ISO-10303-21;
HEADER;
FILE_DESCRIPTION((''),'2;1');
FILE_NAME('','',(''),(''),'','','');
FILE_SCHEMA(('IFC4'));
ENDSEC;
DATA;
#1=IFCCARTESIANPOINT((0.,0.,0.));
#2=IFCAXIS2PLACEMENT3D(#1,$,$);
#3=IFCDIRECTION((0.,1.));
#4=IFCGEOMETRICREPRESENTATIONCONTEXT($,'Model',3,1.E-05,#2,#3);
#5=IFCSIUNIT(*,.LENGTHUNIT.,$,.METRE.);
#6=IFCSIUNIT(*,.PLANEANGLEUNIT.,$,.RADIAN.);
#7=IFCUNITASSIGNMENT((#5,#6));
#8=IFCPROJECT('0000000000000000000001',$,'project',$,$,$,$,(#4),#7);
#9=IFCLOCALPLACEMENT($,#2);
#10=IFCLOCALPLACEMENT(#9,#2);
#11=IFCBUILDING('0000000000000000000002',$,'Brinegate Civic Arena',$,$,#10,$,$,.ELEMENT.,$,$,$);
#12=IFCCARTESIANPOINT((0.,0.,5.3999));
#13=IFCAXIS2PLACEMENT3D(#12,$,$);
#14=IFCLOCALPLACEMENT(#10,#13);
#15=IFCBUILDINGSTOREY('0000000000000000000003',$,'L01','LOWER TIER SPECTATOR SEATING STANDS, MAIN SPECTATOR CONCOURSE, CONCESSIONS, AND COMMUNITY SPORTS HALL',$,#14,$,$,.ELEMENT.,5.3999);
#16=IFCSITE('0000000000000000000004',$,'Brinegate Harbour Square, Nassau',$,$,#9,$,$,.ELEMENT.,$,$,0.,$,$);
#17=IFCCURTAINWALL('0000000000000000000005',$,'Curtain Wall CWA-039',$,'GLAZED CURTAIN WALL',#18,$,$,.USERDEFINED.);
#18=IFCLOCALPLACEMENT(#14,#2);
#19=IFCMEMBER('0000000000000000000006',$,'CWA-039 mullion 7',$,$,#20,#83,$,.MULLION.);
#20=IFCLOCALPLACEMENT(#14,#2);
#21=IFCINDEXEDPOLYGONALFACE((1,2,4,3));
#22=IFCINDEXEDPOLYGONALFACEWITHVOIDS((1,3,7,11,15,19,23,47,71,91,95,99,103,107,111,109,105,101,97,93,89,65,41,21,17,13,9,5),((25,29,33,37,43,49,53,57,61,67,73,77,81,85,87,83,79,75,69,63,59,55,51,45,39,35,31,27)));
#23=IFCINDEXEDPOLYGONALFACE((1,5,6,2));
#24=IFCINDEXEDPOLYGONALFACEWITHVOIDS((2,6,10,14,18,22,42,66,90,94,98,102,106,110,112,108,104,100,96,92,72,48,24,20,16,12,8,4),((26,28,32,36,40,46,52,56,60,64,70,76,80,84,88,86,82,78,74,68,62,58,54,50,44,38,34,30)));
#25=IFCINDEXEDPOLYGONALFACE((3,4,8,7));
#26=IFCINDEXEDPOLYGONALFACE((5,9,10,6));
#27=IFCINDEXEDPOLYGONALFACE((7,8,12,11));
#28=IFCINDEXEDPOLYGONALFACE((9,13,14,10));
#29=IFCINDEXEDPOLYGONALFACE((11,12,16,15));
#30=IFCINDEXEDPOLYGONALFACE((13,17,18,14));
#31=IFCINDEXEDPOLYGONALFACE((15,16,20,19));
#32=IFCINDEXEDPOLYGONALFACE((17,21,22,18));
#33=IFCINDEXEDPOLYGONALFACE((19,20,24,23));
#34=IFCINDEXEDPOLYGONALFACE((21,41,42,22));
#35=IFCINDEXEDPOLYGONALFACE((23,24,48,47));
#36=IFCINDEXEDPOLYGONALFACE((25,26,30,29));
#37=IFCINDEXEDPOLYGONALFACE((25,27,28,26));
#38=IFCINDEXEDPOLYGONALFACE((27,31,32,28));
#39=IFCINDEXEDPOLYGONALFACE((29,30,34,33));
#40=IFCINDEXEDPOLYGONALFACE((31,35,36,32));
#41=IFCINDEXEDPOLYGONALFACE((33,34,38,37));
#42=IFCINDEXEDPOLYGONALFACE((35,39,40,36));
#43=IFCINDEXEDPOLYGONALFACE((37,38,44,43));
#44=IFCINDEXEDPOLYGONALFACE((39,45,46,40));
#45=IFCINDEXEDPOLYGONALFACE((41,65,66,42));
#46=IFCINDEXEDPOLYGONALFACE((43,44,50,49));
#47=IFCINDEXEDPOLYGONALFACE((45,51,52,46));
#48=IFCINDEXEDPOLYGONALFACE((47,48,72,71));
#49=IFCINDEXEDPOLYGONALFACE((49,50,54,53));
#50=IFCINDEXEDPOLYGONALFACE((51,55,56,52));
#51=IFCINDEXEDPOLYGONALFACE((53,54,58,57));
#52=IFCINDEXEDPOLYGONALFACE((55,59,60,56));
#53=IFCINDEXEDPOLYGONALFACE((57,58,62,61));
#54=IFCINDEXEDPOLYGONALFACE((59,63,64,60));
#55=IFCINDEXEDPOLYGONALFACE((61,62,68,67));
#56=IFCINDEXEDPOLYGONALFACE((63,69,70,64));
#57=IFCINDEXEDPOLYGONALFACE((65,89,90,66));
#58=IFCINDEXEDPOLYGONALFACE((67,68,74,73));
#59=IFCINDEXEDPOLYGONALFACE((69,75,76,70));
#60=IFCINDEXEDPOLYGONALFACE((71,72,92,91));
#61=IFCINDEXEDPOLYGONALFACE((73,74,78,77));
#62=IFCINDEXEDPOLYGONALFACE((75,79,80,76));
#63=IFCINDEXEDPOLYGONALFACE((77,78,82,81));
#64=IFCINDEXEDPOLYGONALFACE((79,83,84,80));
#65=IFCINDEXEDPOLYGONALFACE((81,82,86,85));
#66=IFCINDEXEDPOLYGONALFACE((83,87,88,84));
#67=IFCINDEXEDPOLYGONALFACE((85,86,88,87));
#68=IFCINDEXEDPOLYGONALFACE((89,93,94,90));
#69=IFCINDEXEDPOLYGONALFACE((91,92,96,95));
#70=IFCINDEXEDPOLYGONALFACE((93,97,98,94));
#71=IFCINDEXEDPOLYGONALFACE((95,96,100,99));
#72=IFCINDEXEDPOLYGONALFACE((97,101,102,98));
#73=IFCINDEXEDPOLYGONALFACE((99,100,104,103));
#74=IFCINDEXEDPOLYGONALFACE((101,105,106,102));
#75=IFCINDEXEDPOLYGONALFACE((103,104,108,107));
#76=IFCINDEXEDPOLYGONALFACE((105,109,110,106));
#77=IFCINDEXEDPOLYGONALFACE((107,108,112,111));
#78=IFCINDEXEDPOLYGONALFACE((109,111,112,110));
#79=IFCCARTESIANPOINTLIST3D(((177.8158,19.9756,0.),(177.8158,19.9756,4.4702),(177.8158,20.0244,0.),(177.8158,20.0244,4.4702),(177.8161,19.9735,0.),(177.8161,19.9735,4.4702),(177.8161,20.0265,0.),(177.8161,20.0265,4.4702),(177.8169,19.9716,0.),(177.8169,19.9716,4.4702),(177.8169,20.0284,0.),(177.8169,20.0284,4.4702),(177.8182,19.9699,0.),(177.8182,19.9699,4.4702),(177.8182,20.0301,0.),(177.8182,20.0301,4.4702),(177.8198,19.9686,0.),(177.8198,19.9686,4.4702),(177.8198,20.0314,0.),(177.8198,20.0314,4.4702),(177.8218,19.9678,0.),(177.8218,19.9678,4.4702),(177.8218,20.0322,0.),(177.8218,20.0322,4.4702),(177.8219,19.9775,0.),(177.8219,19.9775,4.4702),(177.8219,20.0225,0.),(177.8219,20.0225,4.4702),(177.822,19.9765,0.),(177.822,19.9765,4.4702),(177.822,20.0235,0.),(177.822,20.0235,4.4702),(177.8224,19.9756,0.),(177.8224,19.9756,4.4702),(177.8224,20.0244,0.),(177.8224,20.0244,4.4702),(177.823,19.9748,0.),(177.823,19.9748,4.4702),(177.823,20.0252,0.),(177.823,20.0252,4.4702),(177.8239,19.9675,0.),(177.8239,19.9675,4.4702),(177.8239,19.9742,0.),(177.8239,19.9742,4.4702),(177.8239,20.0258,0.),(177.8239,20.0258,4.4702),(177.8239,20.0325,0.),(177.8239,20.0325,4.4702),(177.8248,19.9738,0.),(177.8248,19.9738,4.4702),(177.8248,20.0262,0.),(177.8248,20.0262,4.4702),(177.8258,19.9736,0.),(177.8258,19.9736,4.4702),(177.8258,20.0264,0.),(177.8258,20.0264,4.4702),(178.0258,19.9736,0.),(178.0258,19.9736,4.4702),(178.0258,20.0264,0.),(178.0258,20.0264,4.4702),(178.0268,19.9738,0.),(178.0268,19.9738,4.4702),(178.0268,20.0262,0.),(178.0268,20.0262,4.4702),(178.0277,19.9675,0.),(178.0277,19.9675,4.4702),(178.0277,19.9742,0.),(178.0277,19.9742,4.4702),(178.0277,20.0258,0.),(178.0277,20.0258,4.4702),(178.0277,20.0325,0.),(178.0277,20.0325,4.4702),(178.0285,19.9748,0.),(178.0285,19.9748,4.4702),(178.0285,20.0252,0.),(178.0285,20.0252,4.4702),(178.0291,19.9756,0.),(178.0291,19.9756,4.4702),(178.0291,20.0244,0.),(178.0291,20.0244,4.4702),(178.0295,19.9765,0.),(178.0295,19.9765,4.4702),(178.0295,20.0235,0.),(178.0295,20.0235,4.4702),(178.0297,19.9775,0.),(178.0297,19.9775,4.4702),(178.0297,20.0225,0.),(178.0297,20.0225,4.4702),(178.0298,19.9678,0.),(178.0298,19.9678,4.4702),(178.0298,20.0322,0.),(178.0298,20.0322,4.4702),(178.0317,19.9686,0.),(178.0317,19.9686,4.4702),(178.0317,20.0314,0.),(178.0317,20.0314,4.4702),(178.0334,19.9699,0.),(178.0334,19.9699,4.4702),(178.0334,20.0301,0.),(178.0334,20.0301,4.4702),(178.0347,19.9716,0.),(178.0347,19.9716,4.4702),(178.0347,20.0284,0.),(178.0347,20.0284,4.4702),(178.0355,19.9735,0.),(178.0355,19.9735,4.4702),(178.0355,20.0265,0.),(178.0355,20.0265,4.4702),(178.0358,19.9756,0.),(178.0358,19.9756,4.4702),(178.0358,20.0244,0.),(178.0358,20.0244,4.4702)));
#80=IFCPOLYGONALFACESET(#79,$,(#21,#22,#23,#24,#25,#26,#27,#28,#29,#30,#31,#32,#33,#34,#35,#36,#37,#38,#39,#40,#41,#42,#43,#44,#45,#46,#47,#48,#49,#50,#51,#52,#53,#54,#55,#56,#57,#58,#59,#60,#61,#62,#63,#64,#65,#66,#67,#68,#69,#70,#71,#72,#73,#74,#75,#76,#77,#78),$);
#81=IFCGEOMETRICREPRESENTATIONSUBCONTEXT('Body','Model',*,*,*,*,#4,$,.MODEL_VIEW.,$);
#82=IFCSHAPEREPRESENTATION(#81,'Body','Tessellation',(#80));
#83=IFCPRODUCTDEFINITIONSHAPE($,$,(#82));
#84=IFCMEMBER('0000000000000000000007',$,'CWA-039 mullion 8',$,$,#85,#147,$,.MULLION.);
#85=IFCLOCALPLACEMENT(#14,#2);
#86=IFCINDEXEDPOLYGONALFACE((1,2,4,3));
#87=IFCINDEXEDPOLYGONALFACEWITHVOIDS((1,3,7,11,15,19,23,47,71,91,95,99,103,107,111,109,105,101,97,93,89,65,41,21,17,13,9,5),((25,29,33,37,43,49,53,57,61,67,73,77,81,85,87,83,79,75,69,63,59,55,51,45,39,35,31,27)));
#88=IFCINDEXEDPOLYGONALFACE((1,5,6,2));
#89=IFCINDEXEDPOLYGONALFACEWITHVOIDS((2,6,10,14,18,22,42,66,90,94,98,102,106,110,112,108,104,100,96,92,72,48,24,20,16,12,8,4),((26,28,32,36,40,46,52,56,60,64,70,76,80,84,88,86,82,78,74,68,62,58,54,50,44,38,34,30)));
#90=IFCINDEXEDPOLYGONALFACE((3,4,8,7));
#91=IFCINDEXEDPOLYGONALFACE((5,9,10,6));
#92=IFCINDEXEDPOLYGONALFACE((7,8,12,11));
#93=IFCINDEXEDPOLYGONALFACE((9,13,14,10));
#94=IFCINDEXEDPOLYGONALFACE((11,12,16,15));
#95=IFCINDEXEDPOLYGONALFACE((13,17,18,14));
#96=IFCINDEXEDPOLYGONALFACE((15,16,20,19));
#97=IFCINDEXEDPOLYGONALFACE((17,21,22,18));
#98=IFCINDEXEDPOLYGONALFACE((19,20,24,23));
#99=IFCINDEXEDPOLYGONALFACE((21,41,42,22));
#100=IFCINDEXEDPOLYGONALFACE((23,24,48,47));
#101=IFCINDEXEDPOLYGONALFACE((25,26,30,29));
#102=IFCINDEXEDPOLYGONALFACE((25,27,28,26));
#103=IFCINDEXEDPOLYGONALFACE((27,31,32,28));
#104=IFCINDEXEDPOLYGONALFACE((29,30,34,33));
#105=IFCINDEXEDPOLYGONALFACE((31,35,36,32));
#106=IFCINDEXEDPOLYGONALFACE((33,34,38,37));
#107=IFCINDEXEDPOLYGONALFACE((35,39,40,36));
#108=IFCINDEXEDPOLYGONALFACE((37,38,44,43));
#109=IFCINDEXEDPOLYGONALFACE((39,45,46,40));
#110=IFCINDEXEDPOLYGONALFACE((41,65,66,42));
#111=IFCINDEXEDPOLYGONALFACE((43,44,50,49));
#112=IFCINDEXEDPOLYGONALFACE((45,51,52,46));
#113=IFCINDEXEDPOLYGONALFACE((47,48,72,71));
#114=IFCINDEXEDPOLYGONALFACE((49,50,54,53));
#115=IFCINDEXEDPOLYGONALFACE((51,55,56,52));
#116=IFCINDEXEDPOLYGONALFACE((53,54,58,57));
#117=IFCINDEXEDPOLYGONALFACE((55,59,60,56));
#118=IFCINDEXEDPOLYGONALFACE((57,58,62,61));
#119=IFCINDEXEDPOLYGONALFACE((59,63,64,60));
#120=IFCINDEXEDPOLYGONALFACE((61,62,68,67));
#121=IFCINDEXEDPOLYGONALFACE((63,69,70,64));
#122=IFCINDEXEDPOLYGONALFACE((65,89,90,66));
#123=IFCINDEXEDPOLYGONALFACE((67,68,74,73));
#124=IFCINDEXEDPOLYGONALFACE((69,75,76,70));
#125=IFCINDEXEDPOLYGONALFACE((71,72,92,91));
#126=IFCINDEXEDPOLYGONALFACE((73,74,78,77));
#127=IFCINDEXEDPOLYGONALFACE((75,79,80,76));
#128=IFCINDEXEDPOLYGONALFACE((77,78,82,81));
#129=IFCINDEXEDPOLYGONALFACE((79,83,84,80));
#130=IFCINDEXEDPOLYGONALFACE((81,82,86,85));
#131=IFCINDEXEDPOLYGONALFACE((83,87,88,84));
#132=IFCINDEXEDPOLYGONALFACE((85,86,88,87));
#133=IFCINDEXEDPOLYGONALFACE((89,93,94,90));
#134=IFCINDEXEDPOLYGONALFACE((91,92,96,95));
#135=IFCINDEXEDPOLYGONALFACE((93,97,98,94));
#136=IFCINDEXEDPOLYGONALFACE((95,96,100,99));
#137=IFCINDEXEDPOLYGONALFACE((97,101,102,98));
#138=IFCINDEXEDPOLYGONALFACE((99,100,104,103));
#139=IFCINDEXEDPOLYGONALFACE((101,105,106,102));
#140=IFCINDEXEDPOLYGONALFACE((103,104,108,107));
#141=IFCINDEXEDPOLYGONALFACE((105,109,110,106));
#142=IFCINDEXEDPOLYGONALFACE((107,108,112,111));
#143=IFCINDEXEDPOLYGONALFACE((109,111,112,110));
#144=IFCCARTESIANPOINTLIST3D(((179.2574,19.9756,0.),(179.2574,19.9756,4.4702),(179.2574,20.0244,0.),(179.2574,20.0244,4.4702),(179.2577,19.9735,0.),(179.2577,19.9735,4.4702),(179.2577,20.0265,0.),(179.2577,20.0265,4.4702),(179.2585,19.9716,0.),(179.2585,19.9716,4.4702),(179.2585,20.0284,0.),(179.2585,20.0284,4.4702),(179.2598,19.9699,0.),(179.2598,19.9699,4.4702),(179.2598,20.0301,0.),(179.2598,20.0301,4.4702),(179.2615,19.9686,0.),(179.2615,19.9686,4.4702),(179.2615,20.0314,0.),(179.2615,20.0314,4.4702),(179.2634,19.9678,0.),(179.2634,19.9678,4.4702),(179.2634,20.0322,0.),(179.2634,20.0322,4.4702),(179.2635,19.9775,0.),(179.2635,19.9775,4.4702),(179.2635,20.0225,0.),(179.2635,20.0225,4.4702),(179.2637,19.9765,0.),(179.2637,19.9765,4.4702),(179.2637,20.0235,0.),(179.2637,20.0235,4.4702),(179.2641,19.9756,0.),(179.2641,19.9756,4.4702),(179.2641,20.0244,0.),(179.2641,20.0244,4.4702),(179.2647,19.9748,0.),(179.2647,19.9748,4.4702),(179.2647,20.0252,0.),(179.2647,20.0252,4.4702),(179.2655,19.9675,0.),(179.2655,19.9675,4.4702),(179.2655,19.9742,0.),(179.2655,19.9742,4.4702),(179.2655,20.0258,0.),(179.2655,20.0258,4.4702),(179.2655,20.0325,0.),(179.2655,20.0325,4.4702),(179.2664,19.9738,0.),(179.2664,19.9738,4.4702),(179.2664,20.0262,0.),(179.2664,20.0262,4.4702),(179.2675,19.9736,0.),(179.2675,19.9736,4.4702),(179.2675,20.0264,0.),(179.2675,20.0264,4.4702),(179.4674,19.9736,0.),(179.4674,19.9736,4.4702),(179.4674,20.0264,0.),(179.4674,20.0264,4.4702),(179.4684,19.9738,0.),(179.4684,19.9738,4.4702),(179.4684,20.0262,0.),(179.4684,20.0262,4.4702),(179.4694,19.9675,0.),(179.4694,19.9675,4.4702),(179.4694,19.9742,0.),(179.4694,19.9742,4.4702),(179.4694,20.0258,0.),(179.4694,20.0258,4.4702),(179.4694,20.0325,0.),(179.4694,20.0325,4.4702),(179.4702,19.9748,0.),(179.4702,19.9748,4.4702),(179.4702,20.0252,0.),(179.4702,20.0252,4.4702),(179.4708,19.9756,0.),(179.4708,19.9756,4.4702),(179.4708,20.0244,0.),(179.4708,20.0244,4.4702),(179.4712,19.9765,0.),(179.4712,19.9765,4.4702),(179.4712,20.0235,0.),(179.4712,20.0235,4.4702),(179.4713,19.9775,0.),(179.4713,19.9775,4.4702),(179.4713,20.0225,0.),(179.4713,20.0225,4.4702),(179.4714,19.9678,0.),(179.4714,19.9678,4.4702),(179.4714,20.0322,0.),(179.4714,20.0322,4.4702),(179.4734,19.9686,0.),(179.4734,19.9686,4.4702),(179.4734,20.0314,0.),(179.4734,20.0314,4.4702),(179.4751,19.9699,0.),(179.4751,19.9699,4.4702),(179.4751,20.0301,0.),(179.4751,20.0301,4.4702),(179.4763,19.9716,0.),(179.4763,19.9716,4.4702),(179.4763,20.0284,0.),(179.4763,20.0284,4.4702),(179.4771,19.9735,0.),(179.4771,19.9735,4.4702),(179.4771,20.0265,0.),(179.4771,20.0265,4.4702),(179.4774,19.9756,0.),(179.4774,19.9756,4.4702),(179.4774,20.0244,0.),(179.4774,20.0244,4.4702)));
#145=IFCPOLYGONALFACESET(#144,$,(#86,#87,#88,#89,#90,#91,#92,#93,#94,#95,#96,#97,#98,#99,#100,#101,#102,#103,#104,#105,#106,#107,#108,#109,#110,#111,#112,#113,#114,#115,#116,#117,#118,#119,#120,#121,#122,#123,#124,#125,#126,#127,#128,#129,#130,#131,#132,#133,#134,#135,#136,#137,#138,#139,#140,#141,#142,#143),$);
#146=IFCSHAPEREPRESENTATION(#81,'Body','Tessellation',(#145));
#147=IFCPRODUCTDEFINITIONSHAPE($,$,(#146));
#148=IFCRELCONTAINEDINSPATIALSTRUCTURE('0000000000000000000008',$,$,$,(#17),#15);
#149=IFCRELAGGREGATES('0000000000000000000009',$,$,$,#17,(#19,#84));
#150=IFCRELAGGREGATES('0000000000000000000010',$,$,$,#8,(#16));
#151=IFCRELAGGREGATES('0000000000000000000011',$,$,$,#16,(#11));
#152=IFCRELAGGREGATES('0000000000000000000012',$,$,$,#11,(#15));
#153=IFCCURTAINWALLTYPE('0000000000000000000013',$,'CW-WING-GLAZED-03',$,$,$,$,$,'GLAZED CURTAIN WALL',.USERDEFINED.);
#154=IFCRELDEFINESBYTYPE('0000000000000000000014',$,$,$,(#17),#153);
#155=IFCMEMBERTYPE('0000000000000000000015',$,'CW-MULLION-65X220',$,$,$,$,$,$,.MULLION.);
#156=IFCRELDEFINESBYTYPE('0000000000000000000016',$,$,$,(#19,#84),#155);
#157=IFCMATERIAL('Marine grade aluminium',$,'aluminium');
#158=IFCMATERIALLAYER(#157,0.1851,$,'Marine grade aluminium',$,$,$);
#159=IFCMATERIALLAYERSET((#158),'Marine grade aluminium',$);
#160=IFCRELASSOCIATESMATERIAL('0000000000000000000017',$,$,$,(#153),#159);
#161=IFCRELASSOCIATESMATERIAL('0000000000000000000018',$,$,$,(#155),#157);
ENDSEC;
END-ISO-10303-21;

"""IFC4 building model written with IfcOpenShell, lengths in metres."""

from ifc_helpers import new_model, si_unit, direction, frame, origin, origin_2d, place, context, subcontext, project, spatial, hollow_rectangle, extrude, material, layer, layer_set, material_profile, profile_set, type_object, element, aggregate, save


model = new_model("IFC4")

# Units and contexts
model_context = context("Model", 3, precision=1e-05, world=origin(), true_north=direction((0.0, 1.0)))
body_context = subcontext(model_context, "Body", "Model", "MODEL_VIEW")
ifc_project = project(units=[si_unit("LENGTHUNIT", "METRE"), si_unit("PLANEANGLEUNIT", "RADIAN")], contexts=[model_context])

# Site, building, storey
site_placement = place(None, origin())
site = spatial("IfcSite", under=ifc_project, at=site_placement, Name="Brinegate Harbour Square, Nassau", CompositionType="ELEMENT", RefElevation=0.0)
building_placement = place(site_placement, origin())
building = spatial("IfcBuilding", under=site, at=building_placement, Name="Brinegate Civic Arena", CompositionType="ELEMENT")
storey_placement = place(building_placement, frame((0.0, 0.0, 5.3999)))
storey = spatial("IfcBuildingStorey", under=building, at=storey_placement, Name="L01", Description="LOWER TIER SPECTATOR SEATING STANDS, MAIN SPECTATOR CONCOURSE, CONCESSIONS, AND COMMUNITY SPORTS HALL", CompositionType="ELEMENT", Elevation=5.3999)

# Curtain wall, members
ifc_material_1 = material(Name="Marine grade aluminium", Category="aluminium")
ifc_layer_1 = layer(ifc_material_1, 0.1851, Name="Marine grade aluminium")
ifc_layer_set_1 = layer_set([ifc_layer_1], Name="Marine grade aluminium")
curtain_wall_type = type_object("IfcCurtainWallType", Name="CW-WING-GLAZED-03", ElementType="GLAZED CURTAIN WALL", PredefinedType="USERDEFINED", material=ifc_layer_set_1)
curtain_wall_1_placement = place(storey_placement, origin())
curtain_wall_1 = element("IfcCurtainWall", 1, at=curtain_wall_1_placement, inside=storey, type_object=curtain_wall_type, Name="Curtain Wall CWA-039", ObjectType="GLAZED CURTAIN WALL", PredefinedType="USERDEFINED")
ifc_material_profile_1 = material_profile(ifc_material_1, hollow_rectangle(XDim=0.0649, YDim=0.22, WallThickness=0.0061, InnerFilletRadius=0.0039, OuterFilletRadius=0.0081, at=origin_2d()), Name="MUL65X220")
ifc_profile_set_1 = profile_set([ifc_material_profile_1], Name="Marine grade aluminium")
member_type_1 = type_object("IfcMemberType", Name="CW-MULLION-65X220", PredefinedType="MULLION", material=ifc_profile_set_1)
member_1_placement = place(storey_placement, frame((177.9258, 20.0, 0.0), z_axis=(0.0, 0.0, 1.0), x_axis=(0.0, 1.0, 0.0)))
member_1 = element("IfcMember", 2, at=member_1_placement, type_object=member_type_1, Name="CWA-039 mullion 7", PredefinedType="MULLION", context=body_context, shape_type="SweptSolid", body=[
    extrude(hollow_rectangle(XDim=0.0649, YDim=0.22, WallThickness=0.0061, InnerFilletRadius=0.0039, OuterFilletRadius=0.0081, at=origin_2d()), origin(), (0.0, 0.0, 1.0), 4.4702),
])
member_2_placement = place(storey_placement, frame((179.3674, 20.0, 0.0), z_axis=(0.0, 0.0, 1.0), x_axis=(0.0, 1.0, 0.0)))
member_2 = element("IfcMember", 3, at=member_2_placement, type_object=member_type_1, Name="CWA-039 mullion 8", PredefinedType="MULLION", context=body_context, shape_type="SweptSolid", body=[
    extrude(hollow_rectangle(XDim=0.0649, YDim=0.22, WallThickness=0.0061, InnerFilletRadius=0.0039, OuterFilletRadius=0.0081, at=origin_2d()), origin(), (0.0, 0.0, 1.0), 4.4702),
])

aggregate(curtain_wall_1, [member_1, member_2])

save(model, "model.ifc")
